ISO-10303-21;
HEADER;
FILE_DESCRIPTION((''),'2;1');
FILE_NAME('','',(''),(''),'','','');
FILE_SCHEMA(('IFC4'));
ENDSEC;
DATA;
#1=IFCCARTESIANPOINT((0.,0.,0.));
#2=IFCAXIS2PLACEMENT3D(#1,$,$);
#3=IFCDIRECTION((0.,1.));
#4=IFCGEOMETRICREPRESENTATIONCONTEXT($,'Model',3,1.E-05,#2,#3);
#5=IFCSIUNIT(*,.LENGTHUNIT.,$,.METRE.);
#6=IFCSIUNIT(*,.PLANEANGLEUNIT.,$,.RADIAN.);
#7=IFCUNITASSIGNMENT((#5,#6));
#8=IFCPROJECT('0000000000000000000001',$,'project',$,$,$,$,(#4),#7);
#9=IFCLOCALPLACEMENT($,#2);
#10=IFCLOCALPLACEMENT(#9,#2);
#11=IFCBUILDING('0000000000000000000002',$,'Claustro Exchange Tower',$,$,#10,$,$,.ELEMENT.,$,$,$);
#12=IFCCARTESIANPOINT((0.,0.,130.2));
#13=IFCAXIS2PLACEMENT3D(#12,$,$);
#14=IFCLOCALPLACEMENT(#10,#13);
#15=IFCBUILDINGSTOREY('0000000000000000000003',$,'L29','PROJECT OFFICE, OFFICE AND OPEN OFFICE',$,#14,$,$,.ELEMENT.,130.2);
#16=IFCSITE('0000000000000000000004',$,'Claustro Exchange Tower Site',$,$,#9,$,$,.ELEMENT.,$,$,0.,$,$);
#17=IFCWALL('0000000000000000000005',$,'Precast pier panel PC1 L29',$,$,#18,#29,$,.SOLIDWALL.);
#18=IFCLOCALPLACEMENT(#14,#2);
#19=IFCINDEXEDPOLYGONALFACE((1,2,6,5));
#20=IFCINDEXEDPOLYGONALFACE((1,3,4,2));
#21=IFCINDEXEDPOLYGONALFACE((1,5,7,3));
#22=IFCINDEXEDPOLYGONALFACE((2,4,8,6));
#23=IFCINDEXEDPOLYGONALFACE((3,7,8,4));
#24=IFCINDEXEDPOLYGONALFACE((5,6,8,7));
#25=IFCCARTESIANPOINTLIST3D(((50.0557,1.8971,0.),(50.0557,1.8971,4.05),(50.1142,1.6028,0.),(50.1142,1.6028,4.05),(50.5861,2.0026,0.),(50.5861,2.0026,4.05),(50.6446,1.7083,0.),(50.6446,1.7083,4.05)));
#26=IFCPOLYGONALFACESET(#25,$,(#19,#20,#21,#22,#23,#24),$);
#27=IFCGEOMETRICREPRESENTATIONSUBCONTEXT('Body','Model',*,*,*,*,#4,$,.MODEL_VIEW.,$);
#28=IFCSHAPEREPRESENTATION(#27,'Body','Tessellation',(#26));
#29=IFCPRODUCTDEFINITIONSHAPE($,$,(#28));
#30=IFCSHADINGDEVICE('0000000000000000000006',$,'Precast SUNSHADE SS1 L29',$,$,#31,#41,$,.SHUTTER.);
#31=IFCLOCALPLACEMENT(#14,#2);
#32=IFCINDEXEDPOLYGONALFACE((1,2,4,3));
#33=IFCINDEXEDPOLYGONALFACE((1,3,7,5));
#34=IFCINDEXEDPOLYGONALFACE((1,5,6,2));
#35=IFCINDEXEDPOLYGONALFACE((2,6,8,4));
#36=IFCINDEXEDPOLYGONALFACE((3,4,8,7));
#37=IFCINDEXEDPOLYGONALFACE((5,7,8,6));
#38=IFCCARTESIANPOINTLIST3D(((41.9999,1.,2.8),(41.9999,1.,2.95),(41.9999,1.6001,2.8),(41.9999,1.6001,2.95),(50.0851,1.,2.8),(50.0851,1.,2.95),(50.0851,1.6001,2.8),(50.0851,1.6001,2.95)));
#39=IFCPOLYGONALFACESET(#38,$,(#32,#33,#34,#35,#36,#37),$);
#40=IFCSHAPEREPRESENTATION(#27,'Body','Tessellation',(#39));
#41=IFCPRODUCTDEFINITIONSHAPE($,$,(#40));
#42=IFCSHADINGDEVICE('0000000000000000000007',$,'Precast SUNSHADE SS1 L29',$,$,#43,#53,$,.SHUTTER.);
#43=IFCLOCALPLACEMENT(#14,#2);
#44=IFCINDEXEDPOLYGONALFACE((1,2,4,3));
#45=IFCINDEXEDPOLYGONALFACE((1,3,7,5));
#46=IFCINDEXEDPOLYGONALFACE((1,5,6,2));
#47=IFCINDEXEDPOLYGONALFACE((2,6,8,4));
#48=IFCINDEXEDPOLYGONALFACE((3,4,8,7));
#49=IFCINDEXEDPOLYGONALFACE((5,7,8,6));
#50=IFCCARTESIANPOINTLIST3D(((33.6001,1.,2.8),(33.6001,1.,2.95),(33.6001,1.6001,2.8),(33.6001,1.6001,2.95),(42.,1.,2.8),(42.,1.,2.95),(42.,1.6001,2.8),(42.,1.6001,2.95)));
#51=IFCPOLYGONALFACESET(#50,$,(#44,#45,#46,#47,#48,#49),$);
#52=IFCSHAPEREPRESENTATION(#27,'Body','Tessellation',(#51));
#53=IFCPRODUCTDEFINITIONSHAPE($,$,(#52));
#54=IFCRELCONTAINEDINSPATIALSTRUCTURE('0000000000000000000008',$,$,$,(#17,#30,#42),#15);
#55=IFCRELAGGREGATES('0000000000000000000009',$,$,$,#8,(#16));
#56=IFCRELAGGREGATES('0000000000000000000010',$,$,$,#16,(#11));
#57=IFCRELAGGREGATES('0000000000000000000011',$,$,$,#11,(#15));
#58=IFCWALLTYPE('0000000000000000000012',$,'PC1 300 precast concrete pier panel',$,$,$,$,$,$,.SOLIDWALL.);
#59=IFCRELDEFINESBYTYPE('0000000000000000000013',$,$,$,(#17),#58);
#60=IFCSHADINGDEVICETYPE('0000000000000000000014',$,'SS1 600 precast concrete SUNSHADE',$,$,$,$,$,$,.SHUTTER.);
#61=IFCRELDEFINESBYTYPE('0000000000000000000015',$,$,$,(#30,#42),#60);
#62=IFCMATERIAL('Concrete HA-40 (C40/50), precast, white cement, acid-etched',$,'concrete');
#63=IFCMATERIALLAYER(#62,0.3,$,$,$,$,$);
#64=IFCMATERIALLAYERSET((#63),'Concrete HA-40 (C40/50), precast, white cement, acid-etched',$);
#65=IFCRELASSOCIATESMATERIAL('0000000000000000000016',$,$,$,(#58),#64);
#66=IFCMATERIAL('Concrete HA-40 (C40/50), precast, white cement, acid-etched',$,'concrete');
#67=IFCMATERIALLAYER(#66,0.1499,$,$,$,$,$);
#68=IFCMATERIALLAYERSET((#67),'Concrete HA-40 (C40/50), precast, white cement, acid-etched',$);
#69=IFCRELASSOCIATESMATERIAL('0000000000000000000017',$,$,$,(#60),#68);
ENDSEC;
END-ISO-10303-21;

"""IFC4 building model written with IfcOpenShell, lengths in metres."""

from ifc_helpers import new_model, si_unit, direction, frame, frame_2d, origin, origin_2d, place, context, subcontext, project, spatial, rectangle, extrude, material, layer, layer_set, type_object, element, save


model = new_model("IFC4")

# Units and contexts
model_context = context("Model", 3, precision=1e-05, world=origin(), true_north=direction((0.0, 1.0)))
body_context = subcontext(model_context, "Body", "Model", "MODEL_VIEW")
ifc_project = project(units=[si_unit("LENGTHUNIT", "METRE"), si_unit("PLANEANGLEUNIT", "RADIAN")], contexts=[model_context])

# Site, building, storey
site_placement = place(None, origin())
site = spatial("IfcSite", under=ifc_project, at=site_placement, Name="Claustro Exchange Tower Site", CompositionType="ELEMENT", RefElevation=0.0)
building_placement = place(site_placement, origin())
building = spatial("IfcBuilding", under=site, at=building_placement, Name="Claustro Exchange Tower", CompositionType="ELEMENT")
storey_placement = place(building_placement, frame((0.0, 0.0, 130.2)))
storey = spatial("IfcBuildingStorey", under=building, at=storey_placement, Name="L29", Description="PROJECT OFFICE, OFFICE AND OPEN OFFICE", CompositionType="ELEMENT", Elevation=130.2)

# Shared definitions
ifc_material_1 = material(Name="Concrete HA-40 (C40/50), precast, white cement, acid-etched", Category="concrete")
ifc_layer_1 = layer(ifc_material_1, 0.3)
ifc_layer_set_1 = layer_set([ifc_layer_1], Name="Concrete HA-40 (C40/50), precast, white cement, acid-etched")
wall_type_1 = type_object("IfcWallType", Name="PC1 300 precast concrete pier panel", PredefinedType="SOLIDWALL", material=ifc_layer_set_1)

# Wall
wall_1_placement = place(storey_placement, frame((50.6155, 1.8555, 0.0), z_axis=(0.0, 0.0, 1.0), x_axis=(-0.980789, -0.195074, 0.0)))
element("IfcWall", 1, at=wall_1_placement, inside=storey, type_object=wall_type_1, Name="Precast pier panel PC1 L29", PredefinedType="SOLIDWALL", context=body_context, shape_type="SweptSolid", body=[
    extrude(rectangle(XDim=0.5408, YDim=0.3, at=frame_2d((0.2705, 0.0))), origin(), (0.0, 0.0, 1.0), 4.05),
])

# Shading devices
ifc_material_2 = material(Name="Concrete HA-40 (C40/50), precast, white cement, acid-etched", Category="concrete")
ifc_layer_2 = layer(ifc_material_2, 0.1499)
ifc_layer_set_2 = layer_set([ifc_layer_2], Name="Concrete HA-40 (C40/50), precast, white cement, acid-etched")
shading_device_type = type_object("IfcShadingDeviceType", Name="SS1 600 precast concrete SUNSHADE", PredefinedType="SHUTTER", material=ifc_layer_set_2)
shading_device_1_placement = place(storey_placement, frame((46.0425, 1.3, 2.8), z_axis=(0.0, 0.0, 1.0), x_axis=(-1.0, 0.0, 0.0)))
element("IfcShadingDevice", 2, at=shading_device_1_placement, inside=storey, type_object=shading_device_type, Name="Precast SUNSHADE SS1 L29", PredefinedType="SHUTTER", context=body_context, shape_type="SweptSolid", body=[
    extrude(rectangle(XDim=8.0852, YDim=0.6001, at=origin_2d()), origin(), (0.0, 0.0, 1.0), 0.1499),
])
shading_device_2_placement = place(storey_placement, frame((37.8, 1.3, 2.8), z_axis=(0.0, 0.0, 1.0), x_axis=(-1.0, 0.0, 0.0)))
element("IfcShadingDevice", 3, at=shading_device_2_placement, inside=storey, type_object=shading_device_type, Name="Precast SUNSHADE SS1 L29", PredefinedType="SHUTTER", context=body_context, shape_type="SweptSolid", body=[
    extrude(rectangle(XDim=8.3999, YDim=0.6001, at=origin_2d()), origin(), (0.0, 0.0, 1.0), 0.1499),
])

save(model, "model.ifc")
